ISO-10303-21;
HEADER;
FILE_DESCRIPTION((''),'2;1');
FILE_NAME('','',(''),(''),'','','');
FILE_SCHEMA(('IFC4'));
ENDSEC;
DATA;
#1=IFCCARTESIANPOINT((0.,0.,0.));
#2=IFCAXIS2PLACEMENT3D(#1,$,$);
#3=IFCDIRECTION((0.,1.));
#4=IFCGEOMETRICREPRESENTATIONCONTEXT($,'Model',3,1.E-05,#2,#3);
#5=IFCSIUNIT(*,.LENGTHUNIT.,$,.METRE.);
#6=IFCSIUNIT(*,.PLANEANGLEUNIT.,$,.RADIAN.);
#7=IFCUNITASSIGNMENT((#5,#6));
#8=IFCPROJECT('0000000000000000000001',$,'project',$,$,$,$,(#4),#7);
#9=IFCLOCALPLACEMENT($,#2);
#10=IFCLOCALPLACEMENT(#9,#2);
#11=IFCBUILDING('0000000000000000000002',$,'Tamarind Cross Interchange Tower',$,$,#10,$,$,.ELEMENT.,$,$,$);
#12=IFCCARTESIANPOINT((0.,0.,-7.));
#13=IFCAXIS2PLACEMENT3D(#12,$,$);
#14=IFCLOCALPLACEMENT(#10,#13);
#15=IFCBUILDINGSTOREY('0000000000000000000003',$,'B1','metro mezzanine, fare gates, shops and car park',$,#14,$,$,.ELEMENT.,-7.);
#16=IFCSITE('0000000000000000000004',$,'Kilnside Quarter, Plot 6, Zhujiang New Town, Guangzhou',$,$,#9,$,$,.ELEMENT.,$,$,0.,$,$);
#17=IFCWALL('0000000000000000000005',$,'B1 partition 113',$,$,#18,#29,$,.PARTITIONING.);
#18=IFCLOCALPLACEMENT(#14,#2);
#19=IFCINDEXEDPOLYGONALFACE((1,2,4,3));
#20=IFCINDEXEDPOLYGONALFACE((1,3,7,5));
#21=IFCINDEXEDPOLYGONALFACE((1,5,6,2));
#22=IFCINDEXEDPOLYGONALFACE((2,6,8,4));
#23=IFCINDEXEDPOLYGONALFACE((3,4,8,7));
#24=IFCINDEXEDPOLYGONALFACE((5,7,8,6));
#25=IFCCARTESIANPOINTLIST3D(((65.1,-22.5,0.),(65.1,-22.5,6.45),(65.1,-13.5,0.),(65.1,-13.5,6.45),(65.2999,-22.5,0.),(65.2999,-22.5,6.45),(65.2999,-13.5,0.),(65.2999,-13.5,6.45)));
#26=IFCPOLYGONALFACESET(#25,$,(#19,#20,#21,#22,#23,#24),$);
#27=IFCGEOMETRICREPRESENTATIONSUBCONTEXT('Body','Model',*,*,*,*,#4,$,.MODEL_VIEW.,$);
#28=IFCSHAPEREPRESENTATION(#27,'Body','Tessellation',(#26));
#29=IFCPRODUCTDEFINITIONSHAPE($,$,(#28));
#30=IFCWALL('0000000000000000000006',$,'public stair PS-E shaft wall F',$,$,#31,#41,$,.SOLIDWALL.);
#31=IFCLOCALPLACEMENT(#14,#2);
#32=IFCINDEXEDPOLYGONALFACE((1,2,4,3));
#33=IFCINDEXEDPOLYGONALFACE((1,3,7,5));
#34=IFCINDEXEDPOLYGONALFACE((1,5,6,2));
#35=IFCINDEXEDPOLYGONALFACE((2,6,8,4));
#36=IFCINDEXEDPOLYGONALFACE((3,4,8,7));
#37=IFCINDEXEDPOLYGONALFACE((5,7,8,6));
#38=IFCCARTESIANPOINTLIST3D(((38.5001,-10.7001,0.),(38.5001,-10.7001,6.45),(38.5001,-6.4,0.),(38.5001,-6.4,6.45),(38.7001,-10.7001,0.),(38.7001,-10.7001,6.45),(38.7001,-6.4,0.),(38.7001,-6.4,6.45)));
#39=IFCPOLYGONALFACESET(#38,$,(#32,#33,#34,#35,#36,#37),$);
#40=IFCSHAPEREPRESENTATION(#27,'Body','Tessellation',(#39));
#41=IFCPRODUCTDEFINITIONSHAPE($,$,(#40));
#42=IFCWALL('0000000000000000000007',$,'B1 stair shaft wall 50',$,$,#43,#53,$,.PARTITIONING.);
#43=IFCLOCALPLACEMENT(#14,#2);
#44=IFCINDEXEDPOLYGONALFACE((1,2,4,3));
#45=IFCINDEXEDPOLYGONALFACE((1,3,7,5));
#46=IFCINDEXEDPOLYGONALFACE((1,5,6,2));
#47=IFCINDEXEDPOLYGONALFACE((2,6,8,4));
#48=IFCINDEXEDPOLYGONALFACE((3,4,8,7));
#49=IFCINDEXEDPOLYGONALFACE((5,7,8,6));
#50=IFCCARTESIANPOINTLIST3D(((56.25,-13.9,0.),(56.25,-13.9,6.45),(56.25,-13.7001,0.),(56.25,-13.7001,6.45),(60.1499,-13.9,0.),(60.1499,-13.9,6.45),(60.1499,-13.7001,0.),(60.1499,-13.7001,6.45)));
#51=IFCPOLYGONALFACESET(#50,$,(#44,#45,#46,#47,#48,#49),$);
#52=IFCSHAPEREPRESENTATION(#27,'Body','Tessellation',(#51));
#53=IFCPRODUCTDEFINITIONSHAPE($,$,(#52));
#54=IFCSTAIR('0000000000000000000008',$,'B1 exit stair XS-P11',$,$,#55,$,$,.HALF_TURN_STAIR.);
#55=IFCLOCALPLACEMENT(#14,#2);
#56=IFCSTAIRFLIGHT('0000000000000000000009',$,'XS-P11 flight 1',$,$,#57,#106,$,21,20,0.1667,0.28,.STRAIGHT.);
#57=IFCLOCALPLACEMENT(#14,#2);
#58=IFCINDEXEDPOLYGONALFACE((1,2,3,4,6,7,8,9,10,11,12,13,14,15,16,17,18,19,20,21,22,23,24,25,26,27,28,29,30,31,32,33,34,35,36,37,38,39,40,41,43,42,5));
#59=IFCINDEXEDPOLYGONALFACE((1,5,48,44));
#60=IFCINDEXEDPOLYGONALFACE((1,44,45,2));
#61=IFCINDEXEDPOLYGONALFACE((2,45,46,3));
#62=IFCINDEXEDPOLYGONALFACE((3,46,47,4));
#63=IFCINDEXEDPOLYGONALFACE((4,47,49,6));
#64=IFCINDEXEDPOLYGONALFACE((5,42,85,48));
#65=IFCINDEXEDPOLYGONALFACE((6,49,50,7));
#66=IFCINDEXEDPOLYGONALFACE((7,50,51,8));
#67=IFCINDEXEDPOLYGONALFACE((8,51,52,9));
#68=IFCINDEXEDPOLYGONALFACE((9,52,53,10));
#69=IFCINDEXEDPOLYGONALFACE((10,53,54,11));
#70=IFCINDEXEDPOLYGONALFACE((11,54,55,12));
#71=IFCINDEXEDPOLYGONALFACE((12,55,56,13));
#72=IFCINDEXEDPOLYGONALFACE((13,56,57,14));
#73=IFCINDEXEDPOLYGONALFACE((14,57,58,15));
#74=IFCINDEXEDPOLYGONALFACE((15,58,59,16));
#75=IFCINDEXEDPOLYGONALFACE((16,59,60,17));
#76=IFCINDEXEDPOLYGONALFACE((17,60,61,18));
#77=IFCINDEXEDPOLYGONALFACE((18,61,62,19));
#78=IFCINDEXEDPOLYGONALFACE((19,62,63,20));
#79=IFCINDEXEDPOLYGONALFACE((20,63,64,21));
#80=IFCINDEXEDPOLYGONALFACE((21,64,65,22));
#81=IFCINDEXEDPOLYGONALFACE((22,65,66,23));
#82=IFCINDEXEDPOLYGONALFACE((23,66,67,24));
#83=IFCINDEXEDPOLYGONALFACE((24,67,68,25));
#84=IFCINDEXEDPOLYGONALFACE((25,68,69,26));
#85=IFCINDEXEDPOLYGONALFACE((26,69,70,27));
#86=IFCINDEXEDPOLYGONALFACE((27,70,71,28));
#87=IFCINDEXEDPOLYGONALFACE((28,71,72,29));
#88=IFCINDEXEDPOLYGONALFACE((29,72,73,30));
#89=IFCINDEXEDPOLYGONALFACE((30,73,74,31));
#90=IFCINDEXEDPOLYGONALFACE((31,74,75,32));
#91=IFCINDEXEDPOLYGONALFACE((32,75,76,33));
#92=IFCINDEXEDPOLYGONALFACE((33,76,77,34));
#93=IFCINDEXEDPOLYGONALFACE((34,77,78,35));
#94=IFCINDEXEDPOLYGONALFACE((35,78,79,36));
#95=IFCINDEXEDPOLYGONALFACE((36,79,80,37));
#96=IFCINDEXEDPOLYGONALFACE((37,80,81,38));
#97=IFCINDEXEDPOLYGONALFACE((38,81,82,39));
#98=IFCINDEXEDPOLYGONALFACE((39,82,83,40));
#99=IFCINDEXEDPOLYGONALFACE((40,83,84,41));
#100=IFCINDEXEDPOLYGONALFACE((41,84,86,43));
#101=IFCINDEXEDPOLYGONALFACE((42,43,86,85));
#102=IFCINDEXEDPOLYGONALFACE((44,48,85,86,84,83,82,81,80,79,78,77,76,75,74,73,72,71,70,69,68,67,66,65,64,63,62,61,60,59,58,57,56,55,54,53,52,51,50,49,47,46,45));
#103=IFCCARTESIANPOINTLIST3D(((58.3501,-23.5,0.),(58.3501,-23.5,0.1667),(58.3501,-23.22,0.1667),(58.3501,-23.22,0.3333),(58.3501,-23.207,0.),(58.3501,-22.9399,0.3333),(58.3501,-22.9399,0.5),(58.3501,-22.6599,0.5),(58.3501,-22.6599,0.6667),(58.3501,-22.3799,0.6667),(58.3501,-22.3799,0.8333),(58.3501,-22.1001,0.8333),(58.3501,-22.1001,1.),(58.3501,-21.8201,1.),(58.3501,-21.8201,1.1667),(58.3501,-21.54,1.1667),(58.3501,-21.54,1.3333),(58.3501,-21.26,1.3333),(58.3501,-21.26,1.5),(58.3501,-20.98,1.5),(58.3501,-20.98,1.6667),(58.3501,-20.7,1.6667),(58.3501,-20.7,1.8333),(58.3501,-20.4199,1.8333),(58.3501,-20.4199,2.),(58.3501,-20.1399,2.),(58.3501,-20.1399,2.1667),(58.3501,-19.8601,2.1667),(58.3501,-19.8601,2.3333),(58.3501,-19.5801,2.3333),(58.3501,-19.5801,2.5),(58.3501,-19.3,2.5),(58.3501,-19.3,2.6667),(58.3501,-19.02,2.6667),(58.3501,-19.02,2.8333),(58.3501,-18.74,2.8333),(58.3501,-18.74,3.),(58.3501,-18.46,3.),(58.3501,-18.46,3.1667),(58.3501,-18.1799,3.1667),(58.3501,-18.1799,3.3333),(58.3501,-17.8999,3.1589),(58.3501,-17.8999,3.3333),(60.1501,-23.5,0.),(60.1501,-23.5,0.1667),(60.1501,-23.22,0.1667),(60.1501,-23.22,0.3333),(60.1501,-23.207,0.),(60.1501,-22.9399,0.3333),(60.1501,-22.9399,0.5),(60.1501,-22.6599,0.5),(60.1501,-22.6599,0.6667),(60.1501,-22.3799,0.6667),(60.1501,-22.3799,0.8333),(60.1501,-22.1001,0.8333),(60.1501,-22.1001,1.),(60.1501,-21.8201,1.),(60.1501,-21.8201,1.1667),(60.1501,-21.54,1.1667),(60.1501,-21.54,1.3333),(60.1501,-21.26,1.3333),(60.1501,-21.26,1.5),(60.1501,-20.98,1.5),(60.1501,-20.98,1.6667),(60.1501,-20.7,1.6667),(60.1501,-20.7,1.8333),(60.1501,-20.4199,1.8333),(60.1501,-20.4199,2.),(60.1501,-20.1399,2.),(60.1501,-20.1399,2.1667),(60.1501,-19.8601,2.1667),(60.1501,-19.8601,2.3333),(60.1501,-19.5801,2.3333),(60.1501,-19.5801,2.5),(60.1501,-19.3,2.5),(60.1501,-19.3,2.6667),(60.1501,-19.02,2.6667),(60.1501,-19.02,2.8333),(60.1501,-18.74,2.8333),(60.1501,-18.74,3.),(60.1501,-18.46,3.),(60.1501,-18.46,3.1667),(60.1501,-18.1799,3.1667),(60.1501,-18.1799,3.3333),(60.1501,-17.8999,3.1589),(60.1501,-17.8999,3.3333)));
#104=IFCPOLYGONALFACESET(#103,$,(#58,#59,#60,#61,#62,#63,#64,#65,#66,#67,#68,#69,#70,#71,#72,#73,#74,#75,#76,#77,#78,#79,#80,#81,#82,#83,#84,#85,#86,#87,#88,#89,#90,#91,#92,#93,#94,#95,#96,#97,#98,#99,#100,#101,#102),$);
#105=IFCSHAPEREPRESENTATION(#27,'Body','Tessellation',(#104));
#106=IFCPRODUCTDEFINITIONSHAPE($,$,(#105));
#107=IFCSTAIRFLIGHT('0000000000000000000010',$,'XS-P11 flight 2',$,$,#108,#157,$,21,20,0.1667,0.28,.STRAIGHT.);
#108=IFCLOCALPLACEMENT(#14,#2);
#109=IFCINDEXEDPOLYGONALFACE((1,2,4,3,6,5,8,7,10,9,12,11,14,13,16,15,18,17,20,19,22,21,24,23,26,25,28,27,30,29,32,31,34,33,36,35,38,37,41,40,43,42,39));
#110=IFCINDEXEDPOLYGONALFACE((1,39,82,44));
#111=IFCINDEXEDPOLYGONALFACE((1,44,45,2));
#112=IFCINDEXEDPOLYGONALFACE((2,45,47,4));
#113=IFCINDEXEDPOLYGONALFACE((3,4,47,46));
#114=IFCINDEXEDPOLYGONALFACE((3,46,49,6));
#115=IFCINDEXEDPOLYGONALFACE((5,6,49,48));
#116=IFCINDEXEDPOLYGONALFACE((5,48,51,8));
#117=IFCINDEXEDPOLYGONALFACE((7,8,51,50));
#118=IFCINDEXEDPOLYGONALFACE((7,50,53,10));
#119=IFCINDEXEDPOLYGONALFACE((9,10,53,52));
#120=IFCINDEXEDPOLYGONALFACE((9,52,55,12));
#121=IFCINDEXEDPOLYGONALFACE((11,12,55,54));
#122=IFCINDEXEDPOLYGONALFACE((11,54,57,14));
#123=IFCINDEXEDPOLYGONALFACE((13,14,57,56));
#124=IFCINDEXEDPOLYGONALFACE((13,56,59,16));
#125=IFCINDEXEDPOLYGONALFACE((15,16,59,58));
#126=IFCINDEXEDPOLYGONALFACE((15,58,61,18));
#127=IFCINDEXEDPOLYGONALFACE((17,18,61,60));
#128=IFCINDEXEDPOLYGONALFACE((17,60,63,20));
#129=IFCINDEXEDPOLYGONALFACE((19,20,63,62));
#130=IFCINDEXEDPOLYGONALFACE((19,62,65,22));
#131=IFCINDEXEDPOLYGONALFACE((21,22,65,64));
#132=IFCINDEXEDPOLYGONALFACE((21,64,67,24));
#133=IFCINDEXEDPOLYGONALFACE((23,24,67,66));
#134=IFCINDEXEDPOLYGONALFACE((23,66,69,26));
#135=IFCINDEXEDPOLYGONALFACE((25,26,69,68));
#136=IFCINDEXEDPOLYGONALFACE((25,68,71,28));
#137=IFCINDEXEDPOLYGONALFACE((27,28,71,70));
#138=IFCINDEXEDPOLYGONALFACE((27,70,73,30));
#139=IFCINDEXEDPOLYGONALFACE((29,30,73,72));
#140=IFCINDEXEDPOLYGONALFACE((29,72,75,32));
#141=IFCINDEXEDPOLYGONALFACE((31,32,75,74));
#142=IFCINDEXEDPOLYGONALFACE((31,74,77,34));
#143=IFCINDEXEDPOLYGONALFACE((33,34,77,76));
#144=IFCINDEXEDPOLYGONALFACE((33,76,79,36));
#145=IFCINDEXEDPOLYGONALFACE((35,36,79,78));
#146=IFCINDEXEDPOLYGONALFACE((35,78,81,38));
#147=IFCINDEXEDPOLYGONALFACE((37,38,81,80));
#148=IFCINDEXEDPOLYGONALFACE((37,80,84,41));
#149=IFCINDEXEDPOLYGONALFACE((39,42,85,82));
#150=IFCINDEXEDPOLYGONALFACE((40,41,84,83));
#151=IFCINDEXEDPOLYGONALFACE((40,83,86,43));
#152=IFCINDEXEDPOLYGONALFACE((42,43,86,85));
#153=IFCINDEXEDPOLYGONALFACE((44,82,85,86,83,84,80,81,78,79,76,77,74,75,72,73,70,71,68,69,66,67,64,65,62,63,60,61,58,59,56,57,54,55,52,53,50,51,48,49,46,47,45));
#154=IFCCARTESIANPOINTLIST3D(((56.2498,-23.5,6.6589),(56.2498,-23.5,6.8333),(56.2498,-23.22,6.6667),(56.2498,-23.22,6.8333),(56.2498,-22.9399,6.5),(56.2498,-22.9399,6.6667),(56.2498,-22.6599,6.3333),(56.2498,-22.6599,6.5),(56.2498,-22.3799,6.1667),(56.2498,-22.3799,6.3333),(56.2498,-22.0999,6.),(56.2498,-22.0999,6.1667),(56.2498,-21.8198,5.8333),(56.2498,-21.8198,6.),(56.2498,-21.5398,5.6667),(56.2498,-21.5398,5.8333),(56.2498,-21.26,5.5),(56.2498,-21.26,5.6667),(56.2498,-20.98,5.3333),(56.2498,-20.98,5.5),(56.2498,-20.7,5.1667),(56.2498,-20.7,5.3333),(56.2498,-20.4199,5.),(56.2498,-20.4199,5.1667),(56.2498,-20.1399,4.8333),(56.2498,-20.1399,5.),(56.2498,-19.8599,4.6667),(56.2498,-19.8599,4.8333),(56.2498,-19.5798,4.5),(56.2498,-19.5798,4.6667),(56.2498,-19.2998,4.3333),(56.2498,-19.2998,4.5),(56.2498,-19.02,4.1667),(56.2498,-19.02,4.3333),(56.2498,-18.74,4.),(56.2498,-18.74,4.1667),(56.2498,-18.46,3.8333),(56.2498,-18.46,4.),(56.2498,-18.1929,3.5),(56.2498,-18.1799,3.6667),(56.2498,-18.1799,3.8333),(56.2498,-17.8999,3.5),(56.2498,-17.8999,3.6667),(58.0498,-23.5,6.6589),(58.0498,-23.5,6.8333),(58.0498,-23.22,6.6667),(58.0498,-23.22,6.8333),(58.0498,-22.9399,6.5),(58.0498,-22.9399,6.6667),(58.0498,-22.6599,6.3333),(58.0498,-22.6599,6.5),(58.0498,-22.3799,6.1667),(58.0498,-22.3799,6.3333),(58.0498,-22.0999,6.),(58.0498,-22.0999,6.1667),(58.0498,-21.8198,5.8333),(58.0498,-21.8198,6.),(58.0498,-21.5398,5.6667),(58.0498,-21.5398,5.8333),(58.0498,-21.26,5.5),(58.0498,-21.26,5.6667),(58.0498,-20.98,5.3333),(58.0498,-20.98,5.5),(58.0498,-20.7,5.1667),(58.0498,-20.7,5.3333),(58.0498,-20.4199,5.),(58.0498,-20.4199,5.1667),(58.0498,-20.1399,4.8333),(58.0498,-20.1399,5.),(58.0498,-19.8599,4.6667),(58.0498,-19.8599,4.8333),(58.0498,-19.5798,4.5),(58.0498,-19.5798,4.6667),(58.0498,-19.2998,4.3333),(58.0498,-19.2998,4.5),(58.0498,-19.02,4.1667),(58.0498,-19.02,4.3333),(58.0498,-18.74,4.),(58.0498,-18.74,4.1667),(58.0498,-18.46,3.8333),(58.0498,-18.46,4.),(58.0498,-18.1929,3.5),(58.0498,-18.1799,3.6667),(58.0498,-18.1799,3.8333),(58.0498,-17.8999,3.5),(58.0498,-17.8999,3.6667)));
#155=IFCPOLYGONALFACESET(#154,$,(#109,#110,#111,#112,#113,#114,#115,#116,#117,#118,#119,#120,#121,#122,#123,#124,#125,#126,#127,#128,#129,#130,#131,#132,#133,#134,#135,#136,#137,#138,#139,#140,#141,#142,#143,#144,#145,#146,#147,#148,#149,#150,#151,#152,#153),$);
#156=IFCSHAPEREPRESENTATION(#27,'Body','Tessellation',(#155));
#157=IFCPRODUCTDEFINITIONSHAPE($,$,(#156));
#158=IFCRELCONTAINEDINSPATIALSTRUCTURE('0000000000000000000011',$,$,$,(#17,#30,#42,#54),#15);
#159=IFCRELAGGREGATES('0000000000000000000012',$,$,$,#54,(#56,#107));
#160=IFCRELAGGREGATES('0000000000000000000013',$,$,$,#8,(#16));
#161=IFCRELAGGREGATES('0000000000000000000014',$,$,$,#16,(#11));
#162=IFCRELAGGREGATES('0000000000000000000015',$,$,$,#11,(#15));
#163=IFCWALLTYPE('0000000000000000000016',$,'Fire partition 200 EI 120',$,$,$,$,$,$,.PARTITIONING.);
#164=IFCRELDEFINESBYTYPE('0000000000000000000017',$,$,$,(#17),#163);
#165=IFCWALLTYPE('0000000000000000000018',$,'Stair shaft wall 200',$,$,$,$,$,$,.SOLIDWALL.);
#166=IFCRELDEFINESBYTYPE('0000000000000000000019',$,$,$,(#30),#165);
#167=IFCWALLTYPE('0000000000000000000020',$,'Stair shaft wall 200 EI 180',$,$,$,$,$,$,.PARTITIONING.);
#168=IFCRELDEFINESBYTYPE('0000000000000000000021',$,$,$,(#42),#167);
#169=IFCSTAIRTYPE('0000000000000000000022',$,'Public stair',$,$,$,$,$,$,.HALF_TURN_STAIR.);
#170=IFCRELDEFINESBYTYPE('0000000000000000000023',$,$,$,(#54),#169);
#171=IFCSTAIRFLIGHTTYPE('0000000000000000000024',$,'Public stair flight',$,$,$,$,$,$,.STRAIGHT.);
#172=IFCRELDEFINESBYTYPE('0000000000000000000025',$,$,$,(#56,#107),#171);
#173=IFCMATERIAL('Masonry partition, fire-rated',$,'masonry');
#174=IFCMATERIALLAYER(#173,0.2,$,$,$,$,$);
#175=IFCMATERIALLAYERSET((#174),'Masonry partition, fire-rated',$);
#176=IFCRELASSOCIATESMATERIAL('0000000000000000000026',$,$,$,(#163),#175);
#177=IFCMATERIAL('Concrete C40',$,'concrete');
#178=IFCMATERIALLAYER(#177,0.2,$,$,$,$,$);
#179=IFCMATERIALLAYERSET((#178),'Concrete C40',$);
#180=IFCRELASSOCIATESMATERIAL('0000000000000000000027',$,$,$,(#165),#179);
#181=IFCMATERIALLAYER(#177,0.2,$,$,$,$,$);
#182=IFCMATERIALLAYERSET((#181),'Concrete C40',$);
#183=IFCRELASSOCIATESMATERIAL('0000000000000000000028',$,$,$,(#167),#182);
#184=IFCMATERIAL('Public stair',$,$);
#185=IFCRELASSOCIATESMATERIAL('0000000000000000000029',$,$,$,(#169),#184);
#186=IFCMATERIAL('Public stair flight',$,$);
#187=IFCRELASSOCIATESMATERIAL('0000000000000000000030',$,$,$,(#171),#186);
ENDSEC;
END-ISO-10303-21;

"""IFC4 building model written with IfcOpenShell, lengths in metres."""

from ifc_helpers import new_model, si_unit, direction, frame, frame_2d, origin, place, context, subcontext, project, spatial, polyline, rectangle, outline, extrude, material, layer, layer_set, type_object, element, aggregate, save


model = new_model("IFC4")

# Units and contexts
model_context = context("Model", 3, precision=1e-05, world=origin(), true_north=direction((0.0, 1.0)))
body_context = subcontext(model_context, "Body", "Model", "MODEL_VIEW")
ifc_project = project(units=[si_unit("LENGTHUNIT", "METRE"), si_unit("PLANEANGLEUNIT", "RADIAN")], contexts=[model_context])

# Site, building, storey
site_placement = place(None, origin())
site = spatial("IfcSite", under=ifc_project, at=site_placement, Name="Kilnside Quarter, Plot 6, Zhujiang New Town, Guangzhou", CompositionType="ELEMENT", RefElevation=0.0)
building_placement = place(site_placement, origin())
building = spatial("IfcBuilding", under=site, at=building_placement, Name="Tamarind Cross Interchange Tower", CompositionType="ELEMENT")
storey_placement = place(building_placement, frame((0.0, 0.0, -7.0)))
storey = spatial("IfcBuildingStorey", under=building, at=storey_placement, Name="B1", Description="metro mezzanine, fare gates, shops and car park", CompositionType="ELEMENT", Elevation=-7.0)

# Shared definitions
ifc_material_1 = material(Name="Masonry partition, fire-rated", Category="masonry")
ifc_layer_1 = layer(ifc_material_1, 0.2)
ifc_layer_set_1 = layer_set([ifc_layer_1], Name="Masonry partition, fire-rated")
wall_type_1 = type_object("IfcWallType", Name="Fire partition 200 EI 120", PredefinedType="PARTITIONING", material=ifc_layer_set_1)

# Walls
wall_1_placement = place(storey_placement, frame((65.2, -22.5, 0.0), z_axis=(0.0, 0.0, 1.0), x_axis=(0.0, 1.0, 0.0)))
element("IfcWall", 1, at=wall_1_placement, inside=storey, type_object=wall_type_1, Name="B1 partition 113", PredefinedType="PARTITIONING", context=body_context, shape_type="SweptSolid", body=[
    extrude(rectangle(XDim=9.0, YDim=0.2, at=frame_2d((4.5, 0.0))), origin(), (0.0, 0.0, 1.0), 6.45),
])
ifc_material_2 = material(Name="Concrete C40", Category="concrete")
ifc_layer_2 = layer(ifc_material_2, 0.2)
ifc_layer_set_2 = layer_set([ifc_layer_2], Name="Concrete C40")
wall_type_2 = type_object("IfcWallType", Name="Stair shaft wall 200", PredefinedType="SOLIDWALL", material=ifc_layer_set_2)
wall_2_placement = place(storey_placement, frame((38.6001, -10.7, 0.0), z_axis=(0.0, 0.0, 1.0), x_axis=(0.0, 1.0, 0.0)))
element("IfcWall", 2, at=wall_2_placement, inside=storey, type_object=wall_type_2, Name="public stair PS-E shaft wall F", PredefinedType="SOLIDWALL", context=body_context, shape_type="SweptSolid", body=[
    extrude(rectangle(XDim=4.3, YDim=0.2, at=frame_2d((2.1499, 0.0))), origin(), (0.0, 0.0, 1.0), 6.45),
])
ifc_layer_3 = layer(ifc_material_2, 0.2)
ifc_layer_set_3 = layer_set([ifc_layer_3], Name="Concrete C40")
wall_type_3 = type_object("IfcWallType", Name="Stair shaft wall 200 EI 180", PredefinedType="PARTITIONING", material=ifc_layer_set_3)
wall_3_placement = place(storey_placement, frame((56.25, -13.8, 0.0), z_axis=(0.0, 0.0, 1.0), x_axis=(1.0, 0.0, 0.0)))
element("IfcWall", 3, at=wall_3_placement, inside=storey, type_object=wall_type_3, Name="B1 stair shaft wall 50", PredefinedType="PARTITIONING", context=body_context, shape_type="SweptSolid", body=[
    extrude(rectangle(XDim=3.8999, YDim=0.2, at=frame_2d((1.95, 0.0))), origin(), (0.0, 0.0, 1.0), 6.45),
])

# Stair, stair flights
ifc_material_3 = material(Name="Public stair")
stair_type = type_object("IfcStairType", Name="Public stair", PredefinedType="HALF_TURN_STAIR", material=ifc_material_3)
stair_placement = place(storey_placement, origin())
stair = element("IfcStair", 4, at=stair_placement, inside=storey, type_object=stair_type, Name="B1 exit stair XS-P11", PredefinedType="HALF_TURN_STAIR")
ifc_material_4 = material(Name="Public stair flight")
stair_flight_type = type_object("IfcStairFlightType", Name="Public stair flight", PredefinedType="STRAIGHT", material=ifc_material_4)
stair_flight_1_placement = place(storey_placement, frame((59.25, -23.5, 0.0), z_axis=(0.0, 0.0, 1.0), x_axis=(0.0, 1.0, 0.0)))
stair_flight_1 = element("IfcStairFlight", 5, at=stair_flight_1_placement, type_object=stair_flight_type, Name="XS-P11 flight 1", NumberOfRisers=21, NumberOfTreads=20, PredefinedType="STRAIGHT", RiserHeight=0.1667, TreadLength=0.28, context=body_context, shape_type="SweptSolid", body=[
    extrude(outline(polyline([(0.0, 0.0), (0.0, 0.1667), (0.28, 0.1667), (0.28, 0.3333), (0.5601, 0.3333), (0.5601, 0.5), (0.8401, 0.5), (0.8401, 0.6667), (1.1201, 0.6667), (1.1201, 0.8333), (1.3999, 0.8333), (1.3999, 1.0), (1.6799, 1.0), (1.6799, 1.1667), (1.96, 1.1667), (1.96, 1.3333), (2.24, 1.3333), (2.24, 1.5), (2.52, 1.5), (2.52, 1.6667), (2.8, 1.6667), (2.8, 1.8333), (3.0801, 1.8333), (3.0801, 2.0), (3.3601, 2.0), (3.3601, 2.1667), (3.6399, 2.1667), (3.6399, 2.3333), (3.9199, 2.3333), (3.9199, 2.5), (4.2, 2.5), (4.2, 2.6667), (4.48, 2.6667), (4.48, 2.8333), (4.76, 2.8333), (4.76, 3.0), (5.04, 3.0), (5.04, 3.1667), (5.3201, 3.1667), (5.3201, 3.3333), (5.6001, 3.3333), (5.6001, 3.5), (5.6001, 3.1589), (0.293, 0.0), (0.0, 0.0)])), frame((0.0, 0.8999, 0.0), z_axis=(0.0, -1.0, 0.0), x_axis=(1.0, 0.0, 0.0)), (0.0, 0.0, 1.0), 1.8),
])
stair_flight_2_placement = place(storey_placement, frame((57.1499, -17.8999, 3.5), z_axis=(0.0, 0.0, 1.0), x_axis=(0.0, -1.0, 0.0)))
stair_flight_2 = element("IfcStairFlight", 6, at=stair_flight_2_placement, type_object=stair_flight_type, Name="XS-P11 flight 2", NumberOfRisers=21, NumberOfTreads=20, PredefinedType="STRAIGHT", RiserHeight=0.1667, TreadLength=0.28, context=body_context, shape_type="SweptSolid", body=[
    extrude(outline(polyline([(0.0, 0.0), (0.0, 0.1667), (0.28, 0.1667), (0.28, 0.3333), (0.5601, 0.3333), (0.5601, 0.5), (0.8401, 0.5), (0.8401, 0.6667), (1.1201, 0.6667), (1.1201, 0.8333), (1.3999, 0.8333), (1.3999, 1.0), (1.6799, 1.0), (1.6799, 1.1667), (1.96, 1.1667), (1.96, 1.3333), (2.24, 1.3333), (2.24, 1.5), (2.52, 1.5), (2.52, 1.6667), (2.8, 1.6667), (2.8, 1.8333), (3.0801, 1.8333), (3.0801, 2.0), (3.3601, 2.0), (3.3601, 2.1667), (3.6399, 2.1667), (3.6399, 2.3333), (3.9199, 2.3333), (3.9199, 2.5), (4.2, 2.5), (4.2, 2.6667), (4.48, 2.6667), (4.48, 2.8333), (4.76, 2.8333), (4.76, 3.0), (5.04, 3.0), (5.04, 3.1667), (5.3201, 3.1667), (5.3201, 3.3333), (5.6001, 3.3333), (5.6001, 3.5), (5.6001, 3.1589), (0.293, 0.0), (0.0, 0.0)])), frame((0.0, 0.8999, 0.0), z_axis=(0.0, -1.0, 0.0), x_axis=(1.0, 0.0, 0.0)), (0.0, 0.0, 1.0), 1.8),
])
aggregate(stair, [stair_flight_1, stair_flight_2])

save(model, "model.ifc")
